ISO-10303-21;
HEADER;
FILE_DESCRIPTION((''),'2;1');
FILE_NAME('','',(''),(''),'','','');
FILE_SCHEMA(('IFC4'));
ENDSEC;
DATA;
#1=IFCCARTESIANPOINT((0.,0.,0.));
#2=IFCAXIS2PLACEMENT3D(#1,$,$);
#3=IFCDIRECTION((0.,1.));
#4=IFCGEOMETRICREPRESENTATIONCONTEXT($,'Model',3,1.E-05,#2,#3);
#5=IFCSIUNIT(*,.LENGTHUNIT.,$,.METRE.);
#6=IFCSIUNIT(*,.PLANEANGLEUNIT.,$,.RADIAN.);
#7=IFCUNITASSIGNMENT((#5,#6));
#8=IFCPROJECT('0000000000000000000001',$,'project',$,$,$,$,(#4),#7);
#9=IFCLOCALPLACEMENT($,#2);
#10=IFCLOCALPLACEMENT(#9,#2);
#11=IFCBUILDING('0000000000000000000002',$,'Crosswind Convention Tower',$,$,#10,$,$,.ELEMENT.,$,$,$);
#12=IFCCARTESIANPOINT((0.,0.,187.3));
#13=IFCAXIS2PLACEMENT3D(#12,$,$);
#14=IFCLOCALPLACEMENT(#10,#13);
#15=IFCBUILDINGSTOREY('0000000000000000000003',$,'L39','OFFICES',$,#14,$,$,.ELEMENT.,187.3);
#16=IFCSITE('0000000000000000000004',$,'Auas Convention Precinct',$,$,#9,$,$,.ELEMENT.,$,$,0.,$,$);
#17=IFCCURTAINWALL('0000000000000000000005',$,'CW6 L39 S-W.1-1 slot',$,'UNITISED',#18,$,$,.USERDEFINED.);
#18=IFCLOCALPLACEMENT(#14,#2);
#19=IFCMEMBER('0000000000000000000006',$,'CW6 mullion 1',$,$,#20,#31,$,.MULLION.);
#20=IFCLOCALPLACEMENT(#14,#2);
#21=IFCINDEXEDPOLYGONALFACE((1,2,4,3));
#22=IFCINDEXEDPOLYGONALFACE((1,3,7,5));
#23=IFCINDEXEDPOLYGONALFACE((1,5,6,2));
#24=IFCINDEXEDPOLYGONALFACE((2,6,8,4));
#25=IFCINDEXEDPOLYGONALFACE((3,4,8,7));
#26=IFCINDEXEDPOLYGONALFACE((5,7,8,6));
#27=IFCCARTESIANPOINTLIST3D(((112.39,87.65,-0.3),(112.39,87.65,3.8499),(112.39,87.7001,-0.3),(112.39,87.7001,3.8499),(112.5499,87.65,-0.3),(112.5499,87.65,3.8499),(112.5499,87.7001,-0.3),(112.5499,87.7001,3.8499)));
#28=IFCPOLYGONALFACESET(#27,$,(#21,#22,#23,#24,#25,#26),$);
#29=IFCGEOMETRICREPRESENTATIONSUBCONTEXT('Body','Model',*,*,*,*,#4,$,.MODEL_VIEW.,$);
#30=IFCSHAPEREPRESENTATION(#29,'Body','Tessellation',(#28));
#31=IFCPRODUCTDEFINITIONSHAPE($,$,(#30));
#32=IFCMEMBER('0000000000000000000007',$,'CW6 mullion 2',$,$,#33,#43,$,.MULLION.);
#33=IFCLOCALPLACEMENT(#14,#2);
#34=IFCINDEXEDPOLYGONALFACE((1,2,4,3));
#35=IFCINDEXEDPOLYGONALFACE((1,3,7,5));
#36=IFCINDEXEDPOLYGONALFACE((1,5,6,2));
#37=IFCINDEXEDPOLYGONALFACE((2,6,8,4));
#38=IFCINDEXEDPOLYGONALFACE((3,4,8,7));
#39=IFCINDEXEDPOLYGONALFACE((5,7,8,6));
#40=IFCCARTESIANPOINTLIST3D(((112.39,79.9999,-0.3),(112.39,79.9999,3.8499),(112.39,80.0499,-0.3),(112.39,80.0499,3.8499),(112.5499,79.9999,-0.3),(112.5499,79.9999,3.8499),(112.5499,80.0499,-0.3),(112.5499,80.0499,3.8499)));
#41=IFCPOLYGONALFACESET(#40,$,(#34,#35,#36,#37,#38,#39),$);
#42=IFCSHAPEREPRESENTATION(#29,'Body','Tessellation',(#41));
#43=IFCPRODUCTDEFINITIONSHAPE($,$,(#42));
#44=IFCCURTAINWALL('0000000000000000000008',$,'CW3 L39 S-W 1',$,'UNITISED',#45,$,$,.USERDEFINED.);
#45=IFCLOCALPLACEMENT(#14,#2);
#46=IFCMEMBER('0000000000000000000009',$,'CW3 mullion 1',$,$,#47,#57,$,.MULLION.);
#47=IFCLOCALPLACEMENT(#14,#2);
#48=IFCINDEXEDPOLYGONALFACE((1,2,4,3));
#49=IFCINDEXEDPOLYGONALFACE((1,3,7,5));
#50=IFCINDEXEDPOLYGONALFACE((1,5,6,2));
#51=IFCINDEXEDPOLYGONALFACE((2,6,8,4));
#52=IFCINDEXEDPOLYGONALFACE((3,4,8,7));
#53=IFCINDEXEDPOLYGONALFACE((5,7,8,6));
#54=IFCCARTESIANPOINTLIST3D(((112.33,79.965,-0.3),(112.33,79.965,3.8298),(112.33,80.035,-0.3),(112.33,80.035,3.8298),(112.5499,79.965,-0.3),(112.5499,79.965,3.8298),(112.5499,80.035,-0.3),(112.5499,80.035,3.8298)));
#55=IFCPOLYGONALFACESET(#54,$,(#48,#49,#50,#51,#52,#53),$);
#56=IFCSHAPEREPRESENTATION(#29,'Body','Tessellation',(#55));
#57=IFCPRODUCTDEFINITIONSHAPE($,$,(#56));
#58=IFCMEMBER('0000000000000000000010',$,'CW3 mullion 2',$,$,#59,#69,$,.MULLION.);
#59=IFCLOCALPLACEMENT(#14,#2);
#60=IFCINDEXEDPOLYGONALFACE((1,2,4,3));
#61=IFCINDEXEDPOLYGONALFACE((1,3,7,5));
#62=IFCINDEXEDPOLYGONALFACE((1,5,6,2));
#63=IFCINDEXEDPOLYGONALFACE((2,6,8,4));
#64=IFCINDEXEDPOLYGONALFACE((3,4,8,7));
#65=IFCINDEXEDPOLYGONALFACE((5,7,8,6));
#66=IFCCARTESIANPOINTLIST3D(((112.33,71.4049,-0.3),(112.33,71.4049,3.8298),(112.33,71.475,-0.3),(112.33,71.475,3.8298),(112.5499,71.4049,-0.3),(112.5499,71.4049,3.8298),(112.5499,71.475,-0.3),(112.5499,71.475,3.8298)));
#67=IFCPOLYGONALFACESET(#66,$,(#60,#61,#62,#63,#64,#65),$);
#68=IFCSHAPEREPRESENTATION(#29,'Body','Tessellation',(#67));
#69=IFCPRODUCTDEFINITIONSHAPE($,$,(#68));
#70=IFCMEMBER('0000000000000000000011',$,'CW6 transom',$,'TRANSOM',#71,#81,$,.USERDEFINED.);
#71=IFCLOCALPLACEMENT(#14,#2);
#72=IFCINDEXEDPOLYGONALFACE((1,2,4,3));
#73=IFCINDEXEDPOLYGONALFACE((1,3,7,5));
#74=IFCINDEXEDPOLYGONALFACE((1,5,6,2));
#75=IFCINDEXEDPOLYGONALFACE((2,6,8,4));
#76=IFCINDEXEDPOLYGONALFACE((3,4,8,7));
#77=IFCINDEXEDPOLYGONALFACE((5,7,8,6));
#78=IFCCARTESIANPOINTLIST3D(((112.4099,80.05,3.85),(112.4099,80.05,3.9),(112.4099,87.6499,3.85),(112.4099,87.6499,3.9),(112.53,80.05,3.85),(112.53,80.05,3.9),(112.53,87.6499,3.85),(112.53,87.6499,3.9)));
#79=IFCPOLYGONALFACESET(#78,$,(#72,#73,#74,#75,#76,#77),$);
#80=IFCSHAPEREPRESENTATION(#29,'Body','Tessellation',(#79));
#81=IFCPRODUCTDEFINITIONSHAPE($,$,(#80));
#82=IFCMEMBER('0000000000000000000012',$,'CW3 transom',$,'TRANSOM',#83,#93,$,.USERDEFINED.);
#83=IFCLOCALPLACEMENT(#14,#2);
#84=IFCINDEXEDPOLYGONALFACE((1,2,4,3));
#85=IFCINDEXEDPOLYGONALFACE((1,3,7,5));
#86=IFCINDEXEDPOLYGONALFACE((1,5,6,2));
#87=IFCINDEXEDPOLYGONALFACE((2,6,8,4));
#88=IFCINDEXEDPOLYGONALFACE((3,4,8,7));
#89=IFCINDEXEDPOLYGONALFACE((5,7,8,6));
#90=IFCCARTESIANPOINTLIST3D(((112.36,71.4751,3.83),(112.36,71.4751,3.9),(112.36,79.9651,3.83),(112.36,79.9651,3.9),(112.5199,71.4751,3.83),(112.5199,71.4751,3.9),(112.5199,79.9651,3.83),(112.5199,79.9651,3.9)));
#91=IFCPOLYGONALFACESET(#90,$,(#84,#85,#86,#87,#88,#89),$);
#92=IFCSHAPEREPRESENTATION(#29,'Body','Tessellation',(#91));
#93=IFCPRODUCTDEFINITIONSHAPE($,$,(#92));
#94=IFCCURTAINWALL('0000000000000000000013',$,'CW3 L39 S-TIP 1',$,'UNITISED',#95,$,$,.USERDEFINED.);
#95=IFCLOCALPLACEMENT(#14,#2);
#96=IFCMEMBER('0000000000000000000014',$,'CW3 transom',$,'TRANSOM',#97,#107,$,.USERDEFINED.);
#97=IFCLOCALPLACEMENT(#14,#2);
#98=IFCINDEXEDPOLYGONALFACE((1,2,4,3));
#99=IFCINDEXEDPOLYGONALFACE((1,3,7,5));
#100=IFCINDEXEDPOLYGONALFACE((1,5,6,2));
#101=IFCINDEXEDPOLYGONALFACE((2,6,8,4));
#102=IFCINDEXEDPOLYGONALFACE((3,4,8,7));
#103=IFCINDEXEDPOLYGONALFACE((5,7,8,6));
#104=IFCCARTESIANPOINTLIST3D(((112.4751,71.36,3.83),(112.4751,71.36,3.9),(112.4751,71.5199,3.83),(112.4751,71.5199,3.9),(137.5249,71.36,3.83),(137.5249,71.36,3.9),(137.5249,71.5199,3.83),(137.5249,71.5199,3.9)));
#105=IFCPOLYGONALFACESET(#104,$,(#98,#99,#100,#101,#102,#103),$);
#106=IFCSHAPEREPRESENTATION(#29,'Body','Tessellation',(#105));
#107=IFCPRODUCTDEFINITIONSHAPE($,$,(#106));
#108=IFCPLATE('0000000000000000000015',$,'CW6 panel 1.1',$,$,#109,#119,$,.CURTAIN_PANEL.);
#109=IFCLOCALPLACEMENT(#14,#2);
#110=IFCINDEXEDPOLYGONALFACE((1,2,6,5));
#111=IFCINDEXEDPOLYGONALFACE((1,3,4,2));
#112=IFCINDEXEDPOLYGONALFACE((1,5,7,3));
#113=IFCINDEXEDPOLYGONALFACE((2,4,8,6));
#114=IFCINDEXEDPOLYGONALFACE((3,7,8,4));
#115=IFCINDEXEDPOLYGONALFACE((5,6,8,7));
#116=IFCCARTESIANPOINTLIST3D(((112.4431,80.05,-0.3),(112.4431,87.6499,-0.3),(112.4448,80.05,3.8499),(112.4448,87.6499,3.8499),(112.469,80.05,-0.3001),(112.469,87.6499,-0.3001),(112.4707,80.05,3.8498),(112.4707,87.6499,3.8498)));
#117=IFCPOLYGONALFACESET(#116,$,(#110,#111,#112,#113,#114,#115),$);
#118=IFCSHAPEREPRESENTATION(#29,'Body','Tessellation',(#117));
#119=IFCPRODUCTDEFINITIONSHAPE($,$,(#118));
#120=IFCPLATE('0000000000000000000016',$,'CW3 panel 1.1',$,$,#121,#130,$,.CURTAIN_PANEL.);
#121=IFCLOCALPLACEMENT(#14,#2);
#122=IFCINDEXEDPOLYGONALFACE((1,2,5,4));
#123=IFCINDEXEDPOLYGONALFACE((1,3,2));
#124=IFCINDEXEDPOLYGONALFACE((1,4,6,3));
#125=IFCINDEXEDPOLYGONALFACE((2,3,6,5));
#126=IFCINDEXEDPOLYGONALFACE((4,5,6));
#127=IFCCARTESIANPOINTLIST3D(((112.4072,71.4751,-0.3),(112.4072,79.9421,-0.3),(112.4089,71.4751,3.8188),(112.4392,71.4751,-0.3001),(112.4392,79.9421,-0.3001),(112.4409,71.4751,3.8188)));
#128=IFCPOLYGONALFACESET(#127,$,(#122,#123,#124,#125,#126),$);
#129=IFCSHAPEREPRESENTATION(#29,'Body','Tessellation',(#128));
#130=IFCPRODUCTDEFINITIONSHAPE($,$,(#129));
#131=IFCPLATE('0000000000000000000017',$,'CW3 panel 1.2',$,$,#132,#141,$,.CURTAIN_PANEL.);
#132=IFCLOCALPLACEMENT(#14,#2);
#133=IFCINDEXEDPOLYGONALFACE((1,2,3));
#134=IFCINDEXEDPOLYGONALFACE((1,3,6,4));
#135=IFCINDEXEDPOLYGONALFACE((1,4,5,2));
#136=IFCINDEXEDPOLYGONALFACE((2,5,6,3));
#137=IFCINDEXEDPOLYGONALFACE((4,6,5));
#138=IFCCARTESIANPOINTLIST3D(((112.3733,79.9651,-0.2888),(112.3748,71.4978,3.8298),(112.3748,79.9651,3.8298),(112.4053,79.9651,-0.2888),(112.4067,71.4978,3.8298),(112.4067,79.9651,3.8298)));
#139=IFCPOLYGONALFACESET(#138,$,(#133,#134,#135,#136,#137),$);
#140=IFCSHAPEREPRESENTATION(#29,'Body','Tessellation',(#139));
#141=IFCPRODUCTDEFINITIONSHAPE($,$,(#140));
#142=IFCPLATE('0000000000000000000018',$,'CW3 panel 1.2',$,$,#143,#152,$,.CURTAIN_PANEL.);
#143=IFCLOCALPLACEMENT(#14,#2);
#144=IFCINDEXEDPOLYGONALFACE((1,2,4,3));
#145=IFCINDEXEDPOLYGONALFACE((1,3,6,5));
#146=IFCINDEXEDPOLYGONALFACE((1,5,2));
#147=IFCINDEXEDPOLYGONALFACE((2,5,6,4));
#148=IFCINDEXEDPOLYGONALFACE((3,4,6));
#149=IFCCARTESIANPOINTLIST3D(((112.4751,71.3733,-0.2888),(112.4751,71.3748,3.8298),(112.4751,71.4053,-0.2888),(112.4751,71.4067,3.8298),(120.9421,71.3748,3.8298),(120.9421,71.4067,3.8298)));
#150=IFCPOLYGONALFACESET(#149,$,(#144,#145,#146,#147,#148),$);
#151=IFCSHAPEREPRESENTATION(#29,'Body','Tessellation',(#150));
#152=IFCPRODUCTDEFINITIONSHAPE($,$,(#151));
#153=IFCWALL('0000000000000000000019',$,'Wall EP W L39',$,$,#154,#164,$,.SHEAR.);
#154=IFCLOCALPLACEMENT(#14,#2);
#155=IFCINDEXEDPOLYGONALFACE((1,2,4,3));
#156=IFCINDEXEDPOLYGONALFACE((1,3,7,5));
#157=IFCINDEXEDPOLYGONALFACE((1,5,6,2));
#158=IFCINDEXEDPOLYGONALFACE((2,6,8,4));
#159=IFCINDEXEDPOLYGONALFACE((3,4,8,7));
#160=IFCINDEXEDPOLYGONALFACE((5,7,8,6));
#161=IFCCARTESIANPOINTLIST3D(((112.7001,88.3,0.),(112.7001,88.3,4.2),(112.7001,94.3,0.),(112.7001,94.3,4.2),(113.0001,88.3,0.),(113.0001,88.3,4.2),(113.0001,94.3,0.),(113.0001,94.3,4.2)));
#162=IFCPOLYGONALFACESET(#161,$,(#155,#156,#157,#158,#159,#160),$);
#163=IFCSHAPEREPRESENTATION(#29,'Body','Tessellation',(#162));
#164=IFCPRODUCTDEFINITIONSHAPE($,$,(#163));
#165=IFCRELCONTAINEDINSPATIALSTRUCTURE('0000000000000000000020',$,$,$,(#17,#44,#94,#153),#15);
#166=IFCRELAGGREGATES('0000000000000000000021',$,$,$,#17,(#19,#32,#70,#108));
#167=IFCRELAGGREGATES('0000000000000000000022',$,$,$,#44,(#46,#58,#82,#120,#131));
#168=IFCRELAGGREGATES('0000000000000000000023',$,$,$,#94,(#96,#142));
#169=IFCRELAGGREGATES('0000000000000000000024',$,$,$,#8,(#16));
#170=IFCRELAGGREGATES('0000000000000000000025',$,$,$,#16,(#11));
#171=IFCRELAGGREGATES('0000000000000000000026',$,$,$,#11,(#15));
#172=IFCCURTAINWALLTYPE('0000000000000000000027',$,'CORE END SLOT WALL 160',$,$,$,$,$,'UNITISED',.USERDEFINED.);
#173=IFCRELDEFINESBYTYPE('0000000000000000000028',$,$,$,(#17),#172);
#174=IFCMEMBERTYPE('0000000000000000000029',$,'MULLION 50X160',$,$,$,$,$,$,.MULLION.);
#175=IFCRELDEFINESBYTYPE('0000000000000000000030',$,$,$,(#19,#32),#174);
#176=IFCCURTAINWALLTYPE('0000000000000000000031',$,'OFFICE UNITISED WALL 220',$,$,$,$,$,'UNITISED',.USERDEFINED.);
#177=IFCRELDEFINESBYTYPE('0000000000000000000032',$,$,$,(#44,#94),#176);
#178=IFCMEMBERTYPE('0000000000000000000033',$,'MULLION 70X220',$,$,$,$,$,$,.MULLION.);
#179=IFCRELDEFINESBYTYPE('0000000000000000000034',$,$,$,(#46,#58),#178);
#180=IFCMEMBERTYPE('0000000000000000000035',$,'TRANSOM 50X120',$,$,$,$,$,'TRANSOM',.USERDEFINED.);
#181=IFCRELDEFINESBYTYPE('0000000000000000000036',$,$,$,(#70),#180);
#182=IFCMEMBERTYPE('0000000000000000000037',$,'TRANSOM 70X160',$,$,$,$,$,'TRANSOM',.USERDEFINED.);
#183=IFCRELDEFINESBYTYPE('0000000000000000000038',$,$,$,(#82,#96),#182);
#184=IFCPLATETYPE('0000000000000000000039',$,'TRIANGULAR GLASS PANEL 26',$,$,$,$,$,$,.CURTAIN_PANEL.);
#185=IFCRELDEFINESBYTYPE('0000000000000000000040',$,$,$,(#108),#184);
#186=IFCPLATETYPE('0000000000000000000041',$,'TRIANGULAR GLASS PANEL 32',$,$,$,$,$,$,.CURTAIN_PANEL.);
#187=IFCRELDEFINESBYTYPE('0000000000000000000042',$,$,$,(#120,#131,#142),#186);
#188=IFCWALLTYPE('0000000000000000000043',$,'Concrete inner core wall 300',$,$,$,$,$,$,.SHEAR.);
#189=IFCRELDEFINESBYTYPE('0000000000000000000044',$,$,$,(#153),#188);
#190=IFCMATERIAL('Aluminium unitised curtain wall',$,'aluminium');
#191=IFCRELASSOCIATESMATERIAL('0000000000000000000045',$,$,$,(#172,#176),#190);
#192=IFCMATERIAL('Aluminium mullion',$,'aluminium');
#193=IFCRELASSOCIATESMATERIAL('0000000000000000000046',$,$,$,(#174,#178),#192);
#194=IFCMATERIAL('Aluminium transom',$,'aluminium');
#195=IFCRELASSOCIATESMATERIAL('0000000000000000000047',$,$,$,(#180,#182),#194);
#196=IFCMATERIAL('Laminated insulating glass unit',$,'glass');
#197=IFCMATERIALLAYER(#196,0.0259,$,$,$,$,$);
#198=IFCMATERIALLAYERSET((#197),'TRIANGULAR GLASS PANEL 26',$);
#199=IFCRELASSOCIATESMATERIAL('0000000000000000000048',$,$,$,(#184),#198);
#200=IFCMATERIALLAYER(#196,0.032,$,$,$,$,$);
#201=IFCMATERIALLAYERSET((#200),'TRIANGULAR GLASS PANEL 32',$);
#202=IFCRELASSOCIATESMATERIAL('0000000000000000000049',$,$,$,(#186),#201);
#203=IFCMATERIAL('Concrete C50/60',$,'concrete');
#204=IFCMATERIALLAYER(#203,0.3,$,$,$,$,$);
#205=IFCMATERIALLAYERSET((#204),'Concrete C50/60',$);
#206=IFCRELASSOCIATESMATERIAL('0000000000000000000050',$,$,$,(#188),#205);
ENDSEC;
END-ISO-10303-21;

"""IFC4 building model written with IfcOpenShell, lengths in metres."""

from ifc_helpers import new_model, si_unit, direction, frame, frame_2d, origin, origin_2d, place, context, subcontext, project, spatial, polyline, rectangle, outline, extrude, material, layer, layer_set, material_profile, profile_set, type_object, element, aggregate, save


model = new_model("IFC4")

# Units and contexts
model_context = context("Model", 3, precision=1e-05, world=origin(), true_north=direction((0.0, 1.0)))
body_context = subcontext(model_context, "Body", "Model", "MODEL_VIEW")
ifc_project = project(units=[si_unit("LENGTHUNIT", "METRE"), si_unit("PLANEANGLEUNIT", "RADIAN")], contexts=[model_context])

# Site, building, storey
site_placement = place(None, origin())
site = spatial("IfcSite", under=ifc_project, at=site_placement, Name="Auas Convention Precinct", CompositionType="ELEMENT", RefElevation=0.0)
building_placement = place(site_placement, origin())
building = spatial("IfcBuilding", under=site, at=building_placement, Name="Crosswind Convention Tower", CompositionType="ELEMENT")
storey_placement = place(building_placement, frame((0.0, 0.0, 187.3)))
storey = spatial("IfcBuildingStorey", under=building, at=storey_placement, Name="L39", Description="OFFICES", CompositionType="ELEMENT", Elevation=187.3)

# Curtain walls, members
ifc_material_1 = material(Name="Aluminium unitised curtain wall", Category="aluminium")
curtain_wall_type_1 = type_object("IfcCurtainWallType", Name="CORE END SLOT WALL 160", ElementType="UNITISED", PredefinedType="USERDEFINED", material=ifc_material_1)
curtain_wall_1_placement = place(storey_placement, origin())
curtain_wall_1 = element("IfcCurtainWall", 1, at=curtain_wall_1_placement, inside=storey, type_object=curtain_wall_type_1, Name="CW6 L39 S-W.1-1 slot", ObjectType="UNITISED", PredefinedType="USERDEFINED")
ifc_material_2 = material(Name="Aluminium mullion", Category="aluminium")
ifc_material_profile_1 = material_profile(ifc_material_2, rectangle(XDim=0.1599, YDim=0.05, at=origin_2d()), Name="AL 160X50")
ifc_profile_set_1 = profile_set([ifc_material_profile_1], Name="Aluminium mullion")
member_type_1 = type_object("IfcMemberType", Name="MULLION 50X160", PredefinedType="MULLION", material=ifc_profile_set_1)
member_1_placement = place(storey_placement, frame((112.47, 87.675, -0.3), z_axis=(0.0, 0.0, 1.0), x_axis=(-1.0, 0.0, 0.0)))
member_1 = element("IfcMember", 2, at=member_1_placement, type_object=member_type_1, Name="CW6 mullion 1", PredefinedType="MULLION", context=body_context, shape_type="SweptSolid", body=[
    extrude(rectangle(XDim=0.1599, YDim=0.05, at=origin_2d()), origin(), (0.0, 0.0, 1.0), 4.1499),
])
member_2_placement = place(storey_placement, frame((112.47, 80.0249, -0.3), z_axis=(0.0, 0.0, 1.0), x_axis=(-1.0, 0.0, 0.0)))
member_2 = element("IfcMember", 3, at=member_2_placement, type_object=member_type_1, Name="CW6 mullion 2", PredefinedType="MULLION", context=body_context, shape_type="SweptSolid", body=[
    extrude(rectangle(XDim=0.1599, YDim=0.05, at=origin_2d()), origin(), (0.0, 0.0, 1.0), 4.1499),
])
curtain_wall_type_2 = type_object("IfcCurtainWallType", Name="OFFICE UNITISED WALL 220", ElementType="UNITISED", PredefinedType="USERDEFINED", material=ifc_material_1)
curtain_wall_2_placement = place(storey_placement, origin())
curtain_wall_2 = element("IfcCurtainWall", 4, at=curtain_wall_2_placement, inside=storey, type_object=curtain_wall_type_2, Name="CW3 L39 S-W 1", ObjectType="UNITISED", PredefinedType="USERDEFINED")
ifc_material_profile_2 = material_profile(ifc_material_2, rectangle(XDim=0.22, YDim=0.0701, at=origin_2d()), Name="AL 220X70")
ifc_profile_set_2 = profile_set([ifc_material_profile_2], Name="Aluminium mullion")
member_type_2 = type_object("IfcMemberType", Name="MULLION 70X220", PredefinedType="MULLION", material=ifc_profile_set_2)
member_3_placement = place(storey_placement, frame((112.4399, 80.0, -0.3), z_axis=(0.0, 0.0, 1.0), x_axis=(-1.0, 0.0, 0.0)))
member_3 = element("IfcMember", 5, at=member_3_placement, type_object=member_type_2, Name="CW3 mullion 1", PredefinedType="MULLION", context=body_context, shape_type="SweptSolid", body=[
    extrude(rectangle(XDim=0.22, YDim=0.0701, at=origin_2d()), origin(), (0.0, 0.0, 1.0), 4.1299),
])
member_4_placement = place(storey_placement, frame((112.4399, 71.4399, -0.3), z_axis=(0.0, 0.0, 1.0), x_axis=(-1.0, 0.0, 0.0)))
member_4 = element("IfcMember", 6, at=member_4_placement, type_object=member_type_2, Name="CW3 mullion 2", PredefinedType="MULLION", context=body_context, shape_type="SweptSolid", body=[
    extrude(rectangle(XDim=0.22, YDim=0.0701, at=origin_2d()), origin(), (0.0, 0.0, 1.0), 4.1299),
])

# Members
ifc_material_3 = material(Name="Aluminium transom", Category="aluminium")
ifc_material_profile_3 = material_profile(ifc_material_3, rectangle(XDim=0.1201, YDim=0.05, at=origin_2d()), Name="AL 120X50")
ifc_profile_set_3 = profile_set([ifc_material_profile_3], Name="Aluminium transom")
member_type_3 = type_object("IfcMemberType", Name="TRANSOM 50X120", ElementType="TRANSOM", PredefinedType="USERDEFINED", material=ifc_profile_set_3)
member_5_placement = place(storey_placement, frame((112.47, 87.6499, 3.875), z_axis=(0.0, -1.0, 0.0), x_axis=(1.0, 0.0, 0.0)))
member_5 = element("IfcMember", 7, at=member_5_placement, type_object=member_type_3, Name="CW6 transom", ObjectType="TRANSOM", PredefinedType="USERDEFINED", context=body_context, shape_type="SweptSolid", body=[
    extrude(rectangle(XDim=0.1201, YDim=0.05, at=origin_2d()), origin(), (0.0, 0.0, 1.0), 7.5999),
])
ifc_material_profile_4 = material_profile(ifc_material_3, rectangle(XDim=0.1599, YDim=0.0701, at=origin_2d()), Name="AL 160X70")
ifc_profile_set_4 = profile_set([ifc_material_profile_4], Name="Aluminium transom")
member_type_4 = type_object("IfcMemberType", Name="TRANSOM 70X160", ElementType="TRANSOM", PredefinedType="USERDEFINED", material=ifc_profile_set_4)
member_6_placement = place(storey_placement, frame((112.4399, 79.9651, 3.865), z_axis=(0.0, -1.0, 0.0), x_axis=(1.0, 0.0, 0.0)))
member_6 = element("IfcMember", 8, at=member_6_placement, type_object=member_type_4, Name="CW3 transom", ObjectType="TRANSOM", PredefinedType="USERDEFINED", context=body_context, shape_type="SweptSolid", body=[
    extrude(rectangle(XDim=0.1599, YDim=0.0701, at=origin_2d()), origin(), (0.0, 0.0, 1.0), 8.49),
])

# Curtain wall, member
curtain_wall_3_placement = place(storey_placement, origin())
curtain_wall_3 = element("IfcCurtainWall", 9, at=curtain_wall_3_placement, inside=storey, type_object=curtain_wall_type_2, Name="CW3 L39 S-TIP 1", ObjectType="UNITISED", PredefinedType="USERDEFINED")
member_7_placement = place(storey_placement, frame((112.4751, 71.4399, 3.865), z_axis=(1.0, 0.0, 0.0), x_axis=(0.0, 1.0, 0.0)))
member_7 = element("IfcMember", 10, at=member_7_placement, type_object=member_type_4, Name="CW3 transom", ObjectType="TRANSOM", PredefinedType="USERDEFINED", context=body_context, shape_type="SweptSolid", body=[
    extrude(rectangle(XDim=0.1599, YDim=0.0701, at=origin_2d()), origin(), (0.0, 0.0, 1.0), 25.0498),
])

# Plates
ifc_material_4 = material(Name="Laminated insulating glass unit", Category="glass")
ifc_layer_1 = layer(ifc_material_4, 0.0259)
ifc_layer_set_1 = layer_set([ifc_layer_1], Name="TRIANGULAR GLASS PANEL 26")
plate_type_1 = type_object("IfcPlateType", Name="TRIANGULAR GLASS PANEL 26", PredefinedType="CURTAIN_PANEL", material=ifc_layer_set_1)
plate_1_placement = place(storey_placement, frame((112.4431, 87.6499, -0.3), z_axis=(-1.0, 0.0, 0.000412), x_axis=(0.0, -1.0, 0.0)))
plate_1 = element("IfcPlate", 11, at=plate_1_placement, type_object=plate_type_1, Name="CW6 panel 1.1", PredefinedType="CURTAIN_PANEL", context=body_context, shape_type="SweptSolid", body=[
    extrude(outline(polyline([(0.0, 0.0), (7.5999, 0.0), (7.5999, 4.1499), (0.0, 4.1499), (0.0, 0.0)])), origin(), (0.0, 0.0, -1.0), 0.0259),
])
aggregate(curtain_wall_1, [member_1, member_2, member_5, plate_1])
ifc_layer_2 = layer(ifc_material_4, 0.032)
ifc_layer_set_2 = layer_set([ifc_layer_2], Name="TRIANGULAR GLASS PANEL 32")
plate_type_2 = type_object("IfcPlateType", Name="TRIANGULAR GLASS PANEL 32", PredefinedType="CURTAIN_PANEL", material=ifc_layer_set_2)
plate_2_placement = place(storey_placement, frame((112.4072, 71.4751, -0.3), z_axis=(-1.0, 0.0, 0.000415), x_axis=(0.000415, 0.0, 1.0)))
plate_2 = element("IfcPlate", 12, at=plate_2_placement, type_object=plate_type_2, Name="CW3 panel 1.1", PredefinedType="CURTAIN_PANEL", context=body_context, shape_type="SweptSolid", body=[
    extrude(outline(polyline([(0.0, 0.0), (4.1189, 0.0), (0.0, 8.467), (0.0, 0.0)])), origin(), (0.0, 0.0, -1.0), 0.032),
])
plate_3_placement = place(storey_placement, frame((112.3748, 79.9651, 3.8298), z_axis=(-1.0, 0.0, 0.000356), x_axis=(-0.000356, 0.0, -1.0)))
plate_3 = element("IfcPlate", 13, at=plate_3_placement, type_object=plate_type_2, Name="CW3 panel 1.2", PredefinedType="CURTAIN_PANEL", context=body_context, shape_type="SweptSolid", body=[
    extrude(outline(polyline([(0.0, 0.0), (4.1187, 0.0), (0.0, 8.4673), (0.0, 0.0)])), origin(), (0.0, 0.0, -1.0), 0.032),
])
plate_4_placement = place(storey_placement, frame((112.4751, 71.3748, 3.8298), z_axis=(0.0, -1.0, 0.000356), x_axis=(0.0, -0.000356, -1.0)))
plate_4 = element("IfcPlate", 14, at=plate_4_placement, type_object=plate_type_2, Name="CW3 panel 1.2", PredefinedType="CURTAIN_PANEL", context=body_context, shape_type="SweptSolid", body=[
    extrude(outline(polyline([(0.0, 0.0), (4.1187, 0.0), (0.0, 8.467), (0.0, 0.0)])), origin(), (0.0, 0.0, -1.0), 0.032),
])

# Wall
ifc_material_5 = material(Name="Concrete C50/60", Category="concrete")
ifc_layer_3 = layer(ifc_material_5, 0.3)
ifc_layer_set_3 = layer_set([ifc_layer_3], Name="Concrete C50/60")
wall_type_1 = type_object("IfcWallType", Name="Concrete inner core wall 300", PredefinedType="SHEAR", material=ifc_layer_set_3)
wall_1_placement = place(storey_placement, frame((112.8501, 94.3, 0.0), z_axis=(0.0, 0.0, 1.0), x_axis=(0.0, -1.0, 0.0)))
element("IfcWall", 15, at=wall_1_placement, inside=storey, type_object=wall_type_1, Name="Wall EP W L39", PredefinedType="SHEAR", context=body_context, shape_type="SweptSolid", body=[
    extrude(rectangle(XDim=6.0, YDim=0.3, at=frame_2d((3.0, 0.0))), origin(), (0.0, 0.0, 1.0), 4.2),
])

aggregate(curtain_wall_2, [member_3, member_4, member_6, plate_2, plate_3])
aggregate(curtain_wall_3, [member_7, plate_4])

save(model, "model.ifc")
